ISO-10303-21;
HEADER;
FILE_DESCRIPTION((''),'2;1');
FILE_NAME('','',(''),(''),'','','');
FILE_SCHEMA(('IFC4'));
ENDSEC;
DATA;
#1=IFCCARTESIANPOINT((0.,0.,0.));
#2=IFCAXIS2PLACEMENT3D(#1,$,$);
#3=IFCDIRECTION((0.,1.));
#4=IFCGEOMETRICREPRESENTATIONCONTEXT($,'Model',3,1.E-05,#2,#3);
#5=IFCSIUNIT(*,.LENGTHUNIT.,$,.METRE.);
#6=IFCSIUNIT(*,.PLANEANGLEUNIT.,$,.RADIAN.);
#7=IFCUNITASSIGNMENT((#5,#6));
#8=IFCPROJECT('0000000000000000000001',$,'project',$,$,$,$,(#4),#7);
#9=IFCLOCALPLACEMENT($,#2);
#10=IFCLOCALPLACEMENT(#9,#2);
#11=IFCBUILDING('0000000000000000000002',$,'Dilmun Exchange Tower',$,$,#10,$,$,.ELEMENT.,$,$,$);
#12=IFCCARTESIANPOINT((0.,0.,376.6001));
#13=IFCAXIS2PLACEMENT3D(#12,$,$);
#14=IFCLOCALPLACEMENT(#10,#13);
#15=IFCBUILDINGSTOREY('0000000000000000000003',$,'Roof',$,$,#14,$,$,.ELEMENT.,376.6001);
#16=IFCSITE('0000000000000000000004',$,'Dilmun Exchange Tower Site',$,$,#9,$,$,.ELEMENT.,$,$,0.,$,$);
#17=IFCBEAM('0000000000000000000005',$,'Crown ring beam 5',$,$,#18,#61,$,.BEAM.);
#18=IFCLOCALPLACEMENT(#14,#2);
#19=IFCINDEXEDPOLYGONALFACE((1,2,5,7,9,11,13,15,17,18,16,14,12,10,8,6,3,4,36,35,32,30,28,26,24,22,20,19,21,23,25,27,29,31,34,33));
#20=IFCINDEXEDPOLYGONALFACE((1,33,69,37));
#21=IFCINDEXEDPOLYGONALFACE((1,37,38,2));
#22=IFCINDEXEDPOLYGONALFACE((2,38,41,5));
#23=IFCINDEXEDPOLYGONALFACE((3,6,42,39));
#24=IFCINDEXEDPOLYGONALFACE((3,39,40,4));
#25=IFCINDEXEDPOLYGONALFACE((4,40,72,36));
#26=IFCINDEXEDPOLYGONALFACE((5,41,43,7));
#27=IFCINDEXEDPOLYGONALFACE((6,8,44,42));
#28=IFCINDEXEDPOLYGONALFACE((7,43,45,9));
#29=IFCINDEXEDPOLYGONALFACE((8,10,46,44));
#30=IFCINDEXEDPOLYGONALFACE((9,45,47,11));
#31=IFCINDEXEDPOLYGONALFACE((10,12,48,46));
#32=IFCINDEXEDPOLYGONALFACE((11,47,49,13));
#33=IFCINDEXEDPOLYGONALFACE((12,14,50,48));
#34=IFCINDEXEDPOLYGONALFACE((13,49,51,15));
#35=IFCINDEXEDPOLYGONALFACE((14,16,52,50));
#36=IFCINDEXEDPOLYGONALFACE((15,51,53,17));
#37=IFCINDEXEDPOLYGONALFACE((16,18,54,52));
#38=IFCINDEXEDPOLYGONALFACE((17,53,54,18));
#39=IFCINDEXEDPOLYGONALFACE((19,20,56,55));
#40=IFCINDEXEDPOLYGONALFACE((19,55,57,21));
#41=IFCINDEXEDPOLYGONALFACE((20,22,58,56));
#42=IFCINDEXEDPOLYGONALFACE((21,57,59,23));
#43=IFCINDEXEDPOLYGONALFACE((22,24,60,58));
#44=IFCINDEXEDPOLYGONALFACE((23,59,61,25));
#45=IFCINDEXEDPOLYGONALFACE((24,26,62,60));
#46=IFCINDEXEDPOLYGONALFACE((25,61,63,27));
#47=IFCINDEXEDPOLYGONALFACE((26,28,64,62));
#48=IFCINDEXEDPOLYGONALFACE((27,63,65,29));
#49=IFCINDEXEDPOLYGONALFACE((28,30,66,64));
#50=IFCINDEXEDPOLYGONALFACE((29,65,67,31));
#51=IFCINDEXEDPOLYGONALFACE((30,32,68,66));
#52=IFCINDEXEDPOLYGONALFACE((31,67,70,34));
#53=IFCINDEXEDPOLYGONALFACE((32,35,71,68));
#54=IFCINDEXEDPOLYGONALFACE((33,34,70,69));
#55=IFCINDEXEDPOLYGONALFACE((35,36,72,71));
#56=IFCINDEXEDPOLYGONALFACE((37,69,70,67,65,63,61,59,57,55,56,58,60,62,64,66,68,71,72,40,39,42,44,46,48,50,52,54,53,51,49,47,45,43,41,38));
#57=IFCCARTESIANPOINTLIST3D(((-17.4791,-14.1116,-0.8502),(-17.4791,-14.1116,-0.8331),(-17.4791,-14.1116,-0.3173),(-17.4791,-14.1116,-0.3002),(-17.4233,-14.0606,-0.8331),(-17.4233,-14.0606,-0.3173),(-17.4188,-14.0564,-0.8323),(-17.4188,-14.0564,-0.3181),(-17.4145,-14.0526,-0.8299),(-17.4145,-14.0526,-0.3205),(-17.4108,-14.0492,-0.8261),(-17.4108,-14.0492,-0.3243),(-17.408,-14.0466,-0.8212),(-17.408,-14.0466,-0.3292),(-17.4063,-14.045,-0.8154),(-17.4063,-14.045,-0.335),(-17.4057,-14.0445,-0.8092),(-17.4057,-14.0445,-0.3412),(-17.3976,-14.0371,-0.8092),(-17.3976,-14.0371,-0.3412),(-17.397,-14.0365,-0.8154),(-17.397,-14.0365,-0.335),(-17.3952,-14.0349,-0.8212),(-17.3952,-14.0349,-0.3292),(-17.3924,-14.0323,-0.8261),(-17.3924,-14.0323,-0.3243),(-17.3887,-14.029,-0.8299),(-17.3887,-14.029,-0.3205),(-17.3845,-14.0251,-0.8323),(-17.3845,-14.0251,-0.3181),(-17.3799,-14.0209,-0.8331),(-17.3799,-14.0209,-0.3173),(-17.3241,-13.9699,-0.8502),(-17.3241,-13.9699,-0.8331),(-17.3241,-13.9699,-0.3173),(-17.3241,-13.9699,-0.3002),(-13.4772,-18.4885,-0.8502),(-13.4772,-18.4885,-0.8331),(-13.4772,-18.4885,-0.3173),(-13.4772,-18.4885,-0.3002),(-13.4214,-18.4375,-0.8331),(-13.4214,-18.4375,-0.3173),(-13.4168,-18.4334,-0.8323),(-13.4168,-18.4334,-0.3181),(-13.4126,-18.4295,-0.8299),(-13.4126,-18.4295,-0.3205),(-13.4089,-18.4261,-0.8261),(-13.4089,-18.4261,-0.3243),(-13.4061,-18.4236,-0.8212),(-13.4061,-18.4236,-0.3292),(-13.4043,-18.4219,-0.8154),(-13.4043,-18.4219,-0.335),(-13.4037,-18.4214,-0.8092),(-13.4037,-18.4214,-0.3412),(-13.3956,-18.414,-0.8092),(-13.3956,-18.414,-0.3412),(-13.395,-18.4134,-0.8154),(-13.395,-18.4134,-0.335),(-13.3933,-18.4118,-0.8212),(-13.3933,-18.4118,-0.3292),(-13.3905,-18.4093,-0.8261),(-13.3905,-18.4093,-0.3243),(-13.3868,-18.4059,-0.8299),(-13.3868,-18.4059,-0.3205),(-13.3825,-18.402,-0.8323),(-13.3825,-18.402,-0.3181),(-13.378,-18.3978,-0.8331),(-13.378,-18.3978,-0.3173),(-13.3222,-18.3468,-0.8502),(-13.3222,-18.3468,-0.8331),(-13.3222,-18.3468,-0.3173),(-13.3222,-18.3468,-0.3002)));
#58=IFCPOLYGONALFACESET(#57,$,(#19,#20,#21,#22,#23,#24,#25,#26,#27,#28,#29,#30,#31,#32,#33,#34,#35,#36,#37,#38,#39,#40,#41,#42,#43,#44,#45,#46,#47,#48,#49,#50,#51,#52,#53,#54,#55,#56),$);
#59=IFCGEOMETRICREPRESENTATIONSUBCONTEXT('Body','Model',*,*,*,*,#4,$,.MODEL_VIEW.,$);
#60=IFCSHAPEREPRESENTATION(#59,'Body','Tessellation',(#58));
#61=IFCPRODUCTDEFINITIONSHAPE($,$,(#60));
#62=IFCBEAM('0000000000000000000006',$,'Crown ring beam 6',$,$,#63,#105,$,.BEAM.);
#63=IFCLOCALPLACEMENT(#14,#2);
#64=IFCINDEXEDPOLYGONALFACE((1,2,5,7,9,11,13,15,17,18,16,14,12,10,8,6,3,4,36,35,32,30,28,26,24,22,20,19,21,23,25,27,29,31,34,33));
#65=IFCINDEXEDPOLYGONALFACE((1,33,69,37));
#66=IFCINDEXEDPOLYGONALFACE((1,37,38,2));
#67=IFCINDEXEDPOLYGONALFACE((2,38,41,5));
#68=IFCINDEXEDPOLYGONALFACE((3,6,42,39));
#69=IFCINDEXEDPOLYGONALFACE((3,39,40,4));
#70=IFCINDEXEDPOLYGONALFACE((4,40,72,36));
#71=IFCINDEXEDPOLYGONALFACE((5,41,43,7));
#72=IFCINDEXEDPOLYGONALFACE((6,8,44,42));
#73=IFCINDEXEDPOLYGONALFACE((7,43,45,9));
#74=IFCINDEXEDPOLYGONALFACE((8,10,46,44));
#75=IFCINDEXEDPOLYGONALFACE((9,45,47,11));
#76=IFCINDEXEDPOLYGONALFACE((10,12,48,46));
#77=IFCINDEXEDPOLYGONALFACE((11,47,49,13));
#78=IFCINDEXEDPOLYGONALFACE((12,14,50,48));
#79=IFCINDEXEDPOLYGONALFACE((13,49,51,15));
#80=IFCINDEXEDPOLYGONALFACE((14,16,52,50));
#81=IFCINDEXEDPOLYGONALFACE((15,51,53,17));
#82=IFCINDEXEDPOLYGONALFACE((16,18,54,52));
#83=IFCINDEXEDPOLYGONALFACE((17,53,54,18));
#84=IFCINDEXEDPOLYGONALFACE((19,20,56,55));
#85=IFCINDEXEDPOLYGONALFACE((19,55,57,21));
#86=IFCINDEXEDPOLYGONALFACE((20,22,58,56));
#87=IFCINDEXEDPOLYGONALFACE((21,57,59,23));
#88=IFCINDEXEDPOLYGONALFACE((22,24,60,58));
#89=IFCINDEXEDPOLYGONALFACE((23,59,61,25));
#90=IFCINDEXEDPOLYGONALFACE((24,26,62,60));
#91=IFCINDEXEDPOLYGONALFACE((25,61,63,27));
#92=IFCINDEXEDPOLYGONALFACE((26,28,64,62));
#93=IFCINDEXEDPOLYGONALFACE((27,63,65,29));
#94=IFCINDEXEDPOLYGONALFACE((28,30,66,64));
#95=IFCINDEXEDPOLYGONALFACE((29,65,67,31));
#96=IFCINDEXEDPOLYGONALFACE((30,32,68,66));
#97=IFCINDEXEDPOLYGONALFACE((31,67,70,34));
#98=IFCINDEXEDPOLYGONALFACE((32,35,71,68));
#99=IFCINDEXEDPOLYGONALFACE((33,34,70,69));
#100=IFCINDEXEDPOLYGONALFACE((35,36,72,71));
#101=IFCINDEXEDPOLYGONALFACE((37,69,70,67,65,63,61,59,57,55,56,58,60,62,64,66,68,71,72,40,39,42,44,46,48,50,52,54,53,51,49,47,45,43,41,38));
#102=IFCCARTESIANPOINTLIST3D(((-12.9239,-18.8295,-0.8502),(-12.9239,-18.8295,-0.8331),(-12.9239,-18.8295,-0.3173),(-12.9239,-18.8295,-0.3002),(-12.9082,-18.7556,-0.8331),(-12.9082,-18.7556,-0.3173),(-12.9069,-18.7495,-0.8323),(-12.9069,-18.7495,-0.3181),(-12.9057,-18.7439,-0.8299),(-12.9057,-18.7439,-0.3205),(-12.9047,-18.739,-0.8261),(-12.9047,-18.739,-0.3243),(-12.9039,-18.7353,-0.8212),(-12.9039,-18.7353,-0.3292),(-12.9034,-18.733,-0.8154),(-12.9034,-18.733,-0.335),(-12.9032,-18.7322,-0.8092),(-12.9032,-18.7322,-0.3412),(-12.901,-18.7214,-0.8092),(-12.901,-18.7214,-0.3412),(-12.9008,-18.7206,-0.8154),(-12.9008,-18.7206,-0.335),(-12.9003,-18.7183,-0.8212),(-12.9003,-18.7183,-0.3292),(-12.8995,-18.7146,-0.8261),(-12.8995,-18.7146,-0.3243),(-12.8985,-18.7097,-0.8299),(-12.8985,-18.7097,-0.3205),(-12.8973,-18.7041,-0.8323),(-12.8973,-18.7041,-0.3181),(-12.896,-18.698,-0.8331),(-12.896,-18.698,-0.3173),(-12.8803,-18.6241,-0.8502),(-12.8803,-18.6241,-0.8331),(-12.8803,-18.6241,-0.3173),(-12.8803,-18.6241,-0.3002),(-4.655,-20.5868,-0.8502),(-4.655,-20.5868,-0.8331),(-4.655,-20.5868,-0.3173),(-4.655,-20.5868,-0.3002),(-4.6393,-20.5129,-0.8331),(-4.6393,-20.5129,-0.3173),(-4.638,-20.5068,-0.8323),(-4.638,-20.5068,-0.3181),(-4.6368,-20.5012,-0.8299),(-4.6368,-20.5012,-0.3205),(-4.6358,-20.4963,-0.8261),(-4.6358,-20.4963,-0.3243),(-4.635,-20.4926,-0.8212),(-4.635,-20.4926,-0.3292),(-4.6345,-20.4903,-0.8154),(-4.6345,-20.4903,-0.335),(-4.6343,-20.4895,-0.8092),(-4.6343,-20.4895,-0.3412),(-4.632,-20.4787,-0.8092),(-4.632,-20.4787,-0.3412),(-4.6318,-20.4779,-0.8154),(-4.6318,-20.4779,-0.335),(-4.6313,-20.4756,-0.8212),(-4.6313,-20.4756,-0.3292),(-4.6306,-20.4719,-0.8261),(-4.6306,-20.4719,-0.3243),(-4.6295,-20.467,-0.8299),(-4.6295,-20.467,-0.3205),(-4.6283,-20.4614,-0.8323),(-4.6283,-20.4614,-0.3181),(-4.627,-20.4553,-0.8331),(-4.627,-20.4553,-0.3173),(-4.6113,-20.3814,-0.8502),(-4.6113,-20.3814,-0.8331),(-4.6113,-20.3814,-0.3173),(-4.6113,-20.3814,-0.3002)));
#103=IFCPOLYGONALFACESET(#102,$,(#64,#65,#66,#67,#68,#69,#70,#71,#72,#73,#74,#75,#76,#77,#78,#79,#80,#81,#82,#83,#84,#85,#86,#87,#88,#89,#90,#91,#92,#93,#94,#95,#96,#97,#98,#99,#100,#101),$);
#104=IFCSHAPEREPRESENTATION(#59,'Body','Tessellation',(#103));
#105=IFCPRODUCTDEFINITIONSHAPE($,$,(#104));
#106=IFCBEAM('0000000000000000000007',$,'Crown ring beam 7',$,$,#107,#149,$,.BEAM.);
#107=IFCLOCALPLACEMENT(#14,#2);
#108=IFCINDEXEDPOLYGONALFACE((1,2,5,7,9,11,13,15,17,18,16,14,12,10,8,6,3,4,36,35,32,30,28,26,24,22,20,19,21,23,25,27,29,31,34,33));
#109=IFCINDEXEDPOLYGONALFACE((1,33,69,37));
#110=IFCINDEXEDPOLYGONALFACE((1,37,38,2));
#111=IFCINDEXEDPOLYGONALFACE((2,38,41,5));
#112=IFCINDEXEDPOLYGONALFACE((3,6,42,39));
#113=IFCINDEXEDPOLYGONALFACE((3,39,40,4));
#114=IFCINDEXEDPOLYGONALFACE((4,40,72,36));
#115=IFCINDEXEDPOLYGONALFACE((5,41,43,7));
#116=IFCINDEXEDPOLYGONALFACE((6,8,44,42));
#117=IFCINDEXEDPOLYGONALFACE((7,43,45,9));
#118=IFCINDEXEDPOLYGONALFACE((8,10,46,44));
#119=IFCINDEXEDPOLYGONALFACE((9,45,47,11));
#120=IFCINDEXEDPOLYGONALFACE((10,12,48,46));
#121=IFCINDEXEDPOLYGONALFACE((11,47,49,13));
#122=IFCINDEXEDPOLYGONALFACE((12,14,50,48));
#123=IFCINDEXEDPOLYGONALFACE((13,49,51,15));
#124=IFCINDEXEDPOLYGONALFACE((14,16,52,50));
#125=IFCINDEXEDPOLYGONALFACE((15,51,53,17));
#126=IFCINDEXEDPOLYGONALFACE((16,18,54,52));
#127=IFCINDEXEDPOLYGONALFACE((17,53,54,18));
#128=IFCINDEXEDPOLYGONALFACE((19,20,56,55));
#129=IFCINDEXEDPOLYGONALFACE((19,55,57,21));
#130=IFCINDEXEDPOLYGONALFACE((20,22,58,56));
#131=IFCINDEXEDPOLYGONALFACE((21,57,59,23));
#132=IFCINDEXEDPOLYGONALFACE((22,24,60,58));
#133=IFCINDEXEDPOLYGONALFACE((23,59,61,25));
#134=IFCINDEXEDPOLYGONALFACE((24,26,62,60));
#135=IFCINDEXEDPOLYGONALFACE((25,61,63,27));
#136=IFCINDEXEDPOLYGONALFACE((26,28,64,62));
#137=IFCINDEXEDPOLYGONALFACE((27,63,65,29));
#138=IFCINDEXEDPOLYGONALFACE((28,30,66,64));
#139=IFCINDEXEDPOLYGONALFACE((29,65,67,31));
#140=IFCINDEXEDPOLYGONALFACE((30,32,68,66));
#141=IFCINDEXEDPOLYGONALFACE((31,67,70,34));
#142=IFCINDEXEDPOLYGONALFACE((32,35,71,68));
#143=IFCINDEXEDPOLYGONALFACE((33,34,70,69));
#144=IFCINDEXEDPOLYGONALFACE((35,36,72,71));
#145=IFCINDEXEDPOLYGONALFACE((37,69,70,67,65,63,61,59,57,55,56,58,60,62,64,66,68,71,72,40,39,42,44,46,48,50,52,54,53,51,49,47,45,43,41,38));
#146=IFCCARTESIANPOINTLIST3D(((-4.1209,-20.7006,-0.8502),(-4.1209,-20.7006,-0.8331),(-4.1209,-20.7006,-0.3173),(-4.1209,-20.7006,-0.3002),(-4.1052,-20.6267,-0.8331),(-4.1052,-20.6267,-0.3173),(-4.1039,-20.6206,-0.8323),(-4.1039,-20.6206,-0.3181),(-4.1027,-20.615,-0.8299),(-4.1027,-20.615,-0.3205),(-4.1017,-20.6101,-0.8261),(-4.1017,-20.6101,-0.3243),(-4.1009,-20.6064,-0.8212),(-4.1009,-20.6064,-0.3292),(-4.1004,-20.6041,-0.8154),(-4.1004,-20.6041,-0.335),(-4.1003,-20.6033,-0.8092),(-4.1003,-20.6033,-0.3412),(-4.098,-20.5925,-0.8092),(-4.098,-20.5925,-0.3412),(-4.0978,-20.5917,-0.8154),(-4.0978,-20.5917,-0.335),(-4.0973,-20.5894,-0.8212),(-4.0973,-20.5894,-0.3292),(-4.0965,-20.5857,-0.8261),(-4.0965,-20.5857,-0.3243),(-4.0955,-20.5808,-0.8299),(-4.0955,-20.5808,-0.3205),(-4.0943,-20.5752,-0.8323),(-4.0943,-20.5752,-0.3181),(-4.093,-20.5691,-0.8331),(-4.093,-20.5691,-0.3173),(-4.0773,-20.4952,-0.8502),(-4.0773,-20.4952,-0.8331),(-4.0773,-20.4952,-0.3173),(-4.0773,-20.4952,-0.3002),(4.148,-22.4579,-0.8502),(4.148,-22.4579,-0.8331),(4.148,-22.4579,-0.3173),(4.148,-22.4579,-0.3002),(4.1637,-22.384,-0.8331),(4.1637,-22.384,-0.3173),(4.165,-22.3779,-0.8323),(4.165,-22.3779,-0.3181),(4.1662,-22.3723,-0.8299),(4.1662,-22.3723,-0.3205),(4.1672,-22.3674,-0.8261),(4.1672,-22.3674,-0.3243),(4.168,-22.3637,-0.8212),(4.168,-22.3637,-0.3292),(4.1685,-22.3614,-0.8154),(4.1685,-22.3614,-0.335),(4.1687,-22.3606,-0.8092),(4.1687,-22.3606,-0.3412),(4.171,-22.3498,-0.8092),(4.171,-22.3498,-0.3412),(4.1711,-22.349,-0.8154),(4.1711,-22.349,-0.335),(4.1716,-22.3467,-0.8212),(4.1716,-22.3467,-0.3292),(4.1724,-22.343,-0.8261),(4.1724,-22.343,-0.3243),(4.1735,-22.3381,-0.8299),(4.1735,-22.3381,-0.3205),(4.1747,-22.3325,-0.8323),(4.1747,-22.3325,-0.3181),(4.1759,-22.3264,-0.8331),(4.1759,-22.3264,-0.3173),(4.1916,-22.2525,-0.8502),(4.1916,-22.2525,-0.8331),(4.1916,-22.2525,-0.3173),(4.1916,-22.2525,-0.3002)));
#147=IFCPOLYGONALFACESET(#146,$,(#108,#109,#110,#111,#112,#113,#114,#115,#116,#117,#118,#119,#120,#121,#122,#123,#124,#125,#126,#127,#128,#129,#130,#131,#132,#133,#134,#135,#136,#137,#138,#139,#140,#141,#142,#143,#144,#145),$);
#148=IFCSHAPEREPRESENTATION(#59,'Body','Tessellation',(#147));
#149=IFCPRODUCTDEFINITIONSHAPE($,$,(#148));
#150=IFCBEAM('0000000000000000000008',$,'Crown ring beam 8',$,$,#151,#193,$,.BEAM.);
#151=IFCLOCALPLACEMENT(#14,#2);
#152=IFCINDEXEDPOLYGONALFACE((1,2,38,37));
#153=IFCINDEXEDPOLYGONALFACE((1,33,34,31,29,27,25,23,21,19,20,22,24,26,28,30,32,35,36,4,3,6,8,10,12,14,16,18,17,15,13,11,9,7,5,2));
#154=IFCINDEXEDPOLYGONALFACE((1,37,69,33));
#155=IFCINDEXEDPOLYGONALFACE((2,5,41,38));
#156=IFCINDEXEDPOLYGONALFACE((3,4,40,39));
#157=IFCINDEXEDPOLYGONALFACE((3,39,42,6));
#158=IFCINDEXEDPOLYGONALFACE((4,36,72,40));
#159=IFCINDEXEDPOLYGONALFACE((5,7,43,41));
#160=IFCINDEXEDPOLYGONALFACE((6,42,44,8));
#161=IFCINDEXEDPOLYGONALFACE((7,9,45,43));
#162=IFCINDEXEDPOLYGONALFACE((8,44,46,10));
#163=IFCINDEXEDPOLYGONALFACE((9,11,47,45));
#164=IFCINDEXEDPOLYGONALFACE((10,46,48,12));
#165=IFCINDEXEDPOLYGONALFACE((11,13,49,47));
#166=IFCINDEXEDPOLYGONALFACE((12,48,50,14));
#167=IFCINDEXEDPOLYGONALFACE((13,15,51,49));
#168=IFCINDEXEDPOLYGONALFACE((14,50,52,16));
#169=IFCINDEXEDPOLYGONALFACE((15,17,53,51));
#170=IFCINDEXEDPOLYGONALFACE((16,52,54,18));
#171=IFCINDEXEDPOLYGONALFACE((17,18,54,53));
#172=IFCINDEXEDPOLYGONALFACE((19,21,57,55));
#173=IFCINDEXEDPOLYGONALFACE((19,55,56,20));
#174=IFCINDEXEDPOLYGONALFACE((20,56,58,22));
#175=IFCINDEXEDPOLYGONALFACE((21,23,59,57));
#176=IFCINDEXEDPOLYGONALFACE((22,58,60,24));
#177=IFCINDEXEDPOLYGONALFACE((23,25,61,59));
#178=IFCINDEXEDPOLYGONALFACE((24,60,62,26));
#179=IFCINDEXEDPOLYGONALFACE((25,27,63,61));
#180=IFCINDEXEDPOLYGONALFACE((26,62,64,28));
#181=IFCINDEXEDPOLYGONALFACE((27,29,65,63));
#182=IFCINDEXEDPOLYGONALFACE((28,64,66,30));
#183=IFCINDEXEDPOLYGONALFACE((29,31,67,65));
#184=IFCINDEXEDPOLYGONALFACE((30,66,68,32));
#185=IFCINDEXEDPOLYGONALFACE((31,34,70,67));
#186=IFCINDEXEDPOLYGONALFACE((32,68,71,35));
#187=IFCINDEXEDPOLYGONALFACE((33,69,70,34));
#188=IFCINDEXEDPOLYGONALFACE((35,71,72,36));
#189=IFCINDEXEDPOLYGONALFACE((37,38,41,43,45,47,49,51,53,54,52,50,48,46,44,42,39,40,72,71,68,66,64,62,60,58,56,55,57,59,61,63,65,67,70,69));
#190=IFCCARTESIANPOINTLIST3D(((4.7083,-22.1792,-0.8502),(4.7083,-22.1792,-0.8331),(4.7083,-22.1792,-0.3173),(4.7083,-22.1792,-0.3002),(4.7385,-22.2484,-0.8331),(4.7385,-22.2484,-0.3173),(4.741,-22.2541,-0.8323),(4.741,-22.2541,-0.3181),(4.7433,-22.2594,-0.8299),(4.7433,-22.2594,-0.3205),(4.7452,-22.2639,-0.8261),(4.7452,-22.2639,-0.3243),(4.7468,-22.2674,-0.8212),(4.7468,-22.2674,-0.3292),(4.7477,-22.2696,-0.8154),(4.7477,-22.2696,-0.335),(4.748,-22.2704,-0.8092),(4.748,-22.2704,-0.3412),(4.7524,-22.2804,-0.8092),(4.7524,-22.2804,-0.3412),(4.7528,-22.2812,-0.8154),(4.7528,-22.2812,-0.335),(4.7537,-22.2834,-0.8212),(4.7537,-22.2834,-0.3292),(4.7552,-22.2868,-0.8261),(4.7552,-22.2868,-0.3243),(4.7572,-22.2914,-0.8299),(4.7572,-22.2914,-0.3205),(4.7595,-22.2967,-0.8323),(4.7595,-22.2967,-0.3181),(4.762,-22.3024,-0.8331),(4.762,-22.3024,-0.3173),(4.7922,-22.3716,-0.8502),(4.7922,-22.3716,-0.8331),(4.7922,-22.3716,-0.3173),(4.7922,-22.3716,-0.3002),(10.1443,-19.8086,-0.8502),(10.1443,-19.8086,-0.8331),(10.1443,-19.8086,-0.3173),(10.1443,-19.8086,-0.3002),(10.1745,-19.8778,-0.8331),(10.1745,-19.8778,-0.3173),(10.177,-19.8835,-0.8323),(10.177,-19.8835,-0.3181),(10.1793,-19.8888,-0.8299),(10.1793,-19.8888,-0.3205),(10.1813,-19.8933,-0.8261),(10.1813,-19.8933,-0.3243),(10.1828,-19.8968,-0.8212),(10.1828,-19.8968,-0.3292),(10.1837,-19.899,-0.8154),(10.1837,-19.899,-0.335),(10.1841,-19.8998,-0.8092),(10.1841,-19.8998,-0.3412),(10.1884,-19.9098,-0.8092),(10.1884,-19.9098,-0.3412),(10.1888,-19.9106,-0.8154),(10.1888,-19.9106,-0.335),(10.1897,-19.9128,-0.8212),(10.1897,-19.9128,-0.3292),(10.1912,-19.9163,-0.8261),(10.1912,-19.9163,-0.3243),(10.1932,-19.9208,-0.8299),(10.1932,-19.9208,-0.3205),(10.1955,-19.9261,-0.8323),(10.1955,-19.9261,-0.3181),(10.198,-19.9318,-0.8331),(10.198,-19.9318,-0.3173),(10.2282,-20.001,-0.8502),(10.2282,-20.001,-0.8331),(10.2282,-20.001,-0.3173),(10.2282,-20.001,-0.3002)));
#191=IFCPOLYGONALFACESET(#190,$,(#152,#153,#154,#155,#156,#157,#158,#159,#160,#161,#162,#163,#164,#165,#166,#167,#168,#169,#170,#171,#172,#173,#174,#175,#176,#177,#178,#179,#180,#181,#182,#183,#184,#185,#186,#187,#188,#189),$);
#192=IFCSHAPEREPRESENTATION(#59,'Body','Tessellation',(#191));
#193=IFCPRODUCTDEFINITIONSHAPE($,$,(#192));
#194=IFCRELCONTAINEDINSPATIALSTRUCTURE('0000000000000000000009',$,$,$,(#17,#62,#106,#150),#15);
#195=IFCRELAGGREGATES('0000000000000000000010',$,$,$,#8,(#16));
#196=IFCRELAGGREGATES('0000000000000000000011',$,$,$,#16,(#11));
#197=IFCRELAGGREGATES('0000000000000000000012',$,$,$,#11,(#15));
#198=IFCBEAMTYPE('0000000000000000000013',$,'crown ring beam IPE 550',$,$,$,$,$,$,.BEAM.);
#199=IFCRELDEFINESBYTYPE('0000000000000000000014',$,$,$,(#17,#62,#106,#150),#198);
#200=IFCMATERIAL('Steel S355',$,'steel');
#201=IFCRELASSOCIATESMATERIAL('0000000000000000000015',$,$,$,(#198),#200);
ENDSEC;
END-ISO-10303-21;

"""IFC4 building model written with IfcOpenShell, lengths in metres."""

from ifc_helpers import new_model, si_unit, direction, frame, origin, origin_2d, place, context, subcontext, project, spatial, i_section, extrude, material, material_profile, profile_set, type_object, element, save


model = new_model("IFC4")

# Units and contexts
model_context = context("Model", 3, precision=1e-05, world=origin(), true_north=direction((0.0, 1.0)))
body_context = subcontext(model_context, "Body", "Model", "MODEL_VIEW")
ifc_project = project(units=[si_unit("LENGTHUNIT", "METRE"), si_unit("PLANEANGLEUNIT", "RADIAN")], contexts=[model_context])

# Site, building, storey
site_placement = place(None, origin())
site = spatial("IfcSite", under=ifc_project, at=site_placement, Name="Dilmun Exchange Tower Site", CompositionType="ELEMENT", RefElevation=0.0)
building_placement = place(site_placement, origin())
building = spatial("IfcBuilding", under=site, at=building_placement, Name="Dilmun Exchange Tower", CompositionType="ELEMENT")
storey_placement = place(building_placement, frame((0.0, 0.0, 376.6001)))
storey = spatial("IfcBuildingStorey", under=building, at=storey_placement, Name="Roof", CompositionType="ELEMENT", Elevation=376.6001)

# Beams
ifc_material_1 = material(Name="Steel S355", Category="steel")
ifc_material_profile_1 = material_profile(ifc_material_1, i_section(OverallWidth=0.21, OverallDepth=0.55, WebThickness=0.011, FlangeThickness=0.0171, FilletRadius=0.0239, at=origin_2d()), Name="IPE 550")
ifc_profile_set_1 = profile_set([ifc_material_profile_1], Name="Steel S355")
beam_type_1 = type_object("IfcBeamType", Name="crown ring beam IPE 550", PredefinedType="BEAM", material=ifc_profile_set_1)
beam_1_placement = place(storey_placement, frame((-17.4016, -14.0408, -0.5752), z_axis=(0.674785, -0.738015, 0.0), x_axis=(0.738015, 0.674785, 0.0)))
element("IfcBeam", 1, at=beam_1_placement, inside=storey, type_object=beam_type_1, Name="Crown ring beam 5", PredefinedType="BEAM", context=body_context, shape_type="SweptSolid", body=[
    extrude(i_section(OverallWidth=0.21, OverallDepth=0.55, WebThickness=0.011, FlangeThickness=0.0171, FilletRadius=0.0239, at=origin_2d()), origin(), (0.0, 0.0, 1.0), 5.9307),
])
for number, where, z_axis, x_axis, name in (
    (2, (-12.9021, -18.7268, -0.5752), (0.978155, -0.207876, 0.0), (0.207876, 0.978155, 0.0), "Crown ring beam 6"),
    (3, (-4.0991, -20.5979, -0.5752), (0.978155, -0.207876, 0.0), (0.207876, 0.978155, 0.0), "Crown ring beam 7"),
):
    element("IfcBeam", number, at=place(storey_placement, frame(where, z_axis=z_axis, x_axis=x_axis)), inside=storey, type_object=beam_type_1, Name=name, PredefinedType="BEAM", context=body_context, shape_type="SweptSolid", body=[
        extrude(i_section(OverallWidth=0.21, OverallDepth=0.55, WebThickness=0.011, FlangeThickness=0.0171, FilletRadius=0.0239, at=origin_2d()), origin(), (0.0, 0.0, 1.0), 8.4536),
    ])
beam_2_placement = place(storey_placement, frame((4.7502, -22.2754, -0.5752), z_axis=(0.916631, 0.399734, 0.0), x_axis=(-0.399734, 0.916631, 0.0)))
element("IfcBeam", 4, at=beam_2_placement, inside=storey, type_object=beam_type_1, Name="Crown ring beam 8", PredefinedType="BEAM", context=body_context, shape_type="SweptSolid", body=[
    extrude(i_section(OverallWidth=0.21, OverallDepth=0.55, WebThickness=0.011, FlangeThickness=0.0171, FilletRadius=0.0239, at=origin_2d()), origin(), (0.0, 0.0, 1.0), 5.9304),
])

save(model, "model.ifc")
